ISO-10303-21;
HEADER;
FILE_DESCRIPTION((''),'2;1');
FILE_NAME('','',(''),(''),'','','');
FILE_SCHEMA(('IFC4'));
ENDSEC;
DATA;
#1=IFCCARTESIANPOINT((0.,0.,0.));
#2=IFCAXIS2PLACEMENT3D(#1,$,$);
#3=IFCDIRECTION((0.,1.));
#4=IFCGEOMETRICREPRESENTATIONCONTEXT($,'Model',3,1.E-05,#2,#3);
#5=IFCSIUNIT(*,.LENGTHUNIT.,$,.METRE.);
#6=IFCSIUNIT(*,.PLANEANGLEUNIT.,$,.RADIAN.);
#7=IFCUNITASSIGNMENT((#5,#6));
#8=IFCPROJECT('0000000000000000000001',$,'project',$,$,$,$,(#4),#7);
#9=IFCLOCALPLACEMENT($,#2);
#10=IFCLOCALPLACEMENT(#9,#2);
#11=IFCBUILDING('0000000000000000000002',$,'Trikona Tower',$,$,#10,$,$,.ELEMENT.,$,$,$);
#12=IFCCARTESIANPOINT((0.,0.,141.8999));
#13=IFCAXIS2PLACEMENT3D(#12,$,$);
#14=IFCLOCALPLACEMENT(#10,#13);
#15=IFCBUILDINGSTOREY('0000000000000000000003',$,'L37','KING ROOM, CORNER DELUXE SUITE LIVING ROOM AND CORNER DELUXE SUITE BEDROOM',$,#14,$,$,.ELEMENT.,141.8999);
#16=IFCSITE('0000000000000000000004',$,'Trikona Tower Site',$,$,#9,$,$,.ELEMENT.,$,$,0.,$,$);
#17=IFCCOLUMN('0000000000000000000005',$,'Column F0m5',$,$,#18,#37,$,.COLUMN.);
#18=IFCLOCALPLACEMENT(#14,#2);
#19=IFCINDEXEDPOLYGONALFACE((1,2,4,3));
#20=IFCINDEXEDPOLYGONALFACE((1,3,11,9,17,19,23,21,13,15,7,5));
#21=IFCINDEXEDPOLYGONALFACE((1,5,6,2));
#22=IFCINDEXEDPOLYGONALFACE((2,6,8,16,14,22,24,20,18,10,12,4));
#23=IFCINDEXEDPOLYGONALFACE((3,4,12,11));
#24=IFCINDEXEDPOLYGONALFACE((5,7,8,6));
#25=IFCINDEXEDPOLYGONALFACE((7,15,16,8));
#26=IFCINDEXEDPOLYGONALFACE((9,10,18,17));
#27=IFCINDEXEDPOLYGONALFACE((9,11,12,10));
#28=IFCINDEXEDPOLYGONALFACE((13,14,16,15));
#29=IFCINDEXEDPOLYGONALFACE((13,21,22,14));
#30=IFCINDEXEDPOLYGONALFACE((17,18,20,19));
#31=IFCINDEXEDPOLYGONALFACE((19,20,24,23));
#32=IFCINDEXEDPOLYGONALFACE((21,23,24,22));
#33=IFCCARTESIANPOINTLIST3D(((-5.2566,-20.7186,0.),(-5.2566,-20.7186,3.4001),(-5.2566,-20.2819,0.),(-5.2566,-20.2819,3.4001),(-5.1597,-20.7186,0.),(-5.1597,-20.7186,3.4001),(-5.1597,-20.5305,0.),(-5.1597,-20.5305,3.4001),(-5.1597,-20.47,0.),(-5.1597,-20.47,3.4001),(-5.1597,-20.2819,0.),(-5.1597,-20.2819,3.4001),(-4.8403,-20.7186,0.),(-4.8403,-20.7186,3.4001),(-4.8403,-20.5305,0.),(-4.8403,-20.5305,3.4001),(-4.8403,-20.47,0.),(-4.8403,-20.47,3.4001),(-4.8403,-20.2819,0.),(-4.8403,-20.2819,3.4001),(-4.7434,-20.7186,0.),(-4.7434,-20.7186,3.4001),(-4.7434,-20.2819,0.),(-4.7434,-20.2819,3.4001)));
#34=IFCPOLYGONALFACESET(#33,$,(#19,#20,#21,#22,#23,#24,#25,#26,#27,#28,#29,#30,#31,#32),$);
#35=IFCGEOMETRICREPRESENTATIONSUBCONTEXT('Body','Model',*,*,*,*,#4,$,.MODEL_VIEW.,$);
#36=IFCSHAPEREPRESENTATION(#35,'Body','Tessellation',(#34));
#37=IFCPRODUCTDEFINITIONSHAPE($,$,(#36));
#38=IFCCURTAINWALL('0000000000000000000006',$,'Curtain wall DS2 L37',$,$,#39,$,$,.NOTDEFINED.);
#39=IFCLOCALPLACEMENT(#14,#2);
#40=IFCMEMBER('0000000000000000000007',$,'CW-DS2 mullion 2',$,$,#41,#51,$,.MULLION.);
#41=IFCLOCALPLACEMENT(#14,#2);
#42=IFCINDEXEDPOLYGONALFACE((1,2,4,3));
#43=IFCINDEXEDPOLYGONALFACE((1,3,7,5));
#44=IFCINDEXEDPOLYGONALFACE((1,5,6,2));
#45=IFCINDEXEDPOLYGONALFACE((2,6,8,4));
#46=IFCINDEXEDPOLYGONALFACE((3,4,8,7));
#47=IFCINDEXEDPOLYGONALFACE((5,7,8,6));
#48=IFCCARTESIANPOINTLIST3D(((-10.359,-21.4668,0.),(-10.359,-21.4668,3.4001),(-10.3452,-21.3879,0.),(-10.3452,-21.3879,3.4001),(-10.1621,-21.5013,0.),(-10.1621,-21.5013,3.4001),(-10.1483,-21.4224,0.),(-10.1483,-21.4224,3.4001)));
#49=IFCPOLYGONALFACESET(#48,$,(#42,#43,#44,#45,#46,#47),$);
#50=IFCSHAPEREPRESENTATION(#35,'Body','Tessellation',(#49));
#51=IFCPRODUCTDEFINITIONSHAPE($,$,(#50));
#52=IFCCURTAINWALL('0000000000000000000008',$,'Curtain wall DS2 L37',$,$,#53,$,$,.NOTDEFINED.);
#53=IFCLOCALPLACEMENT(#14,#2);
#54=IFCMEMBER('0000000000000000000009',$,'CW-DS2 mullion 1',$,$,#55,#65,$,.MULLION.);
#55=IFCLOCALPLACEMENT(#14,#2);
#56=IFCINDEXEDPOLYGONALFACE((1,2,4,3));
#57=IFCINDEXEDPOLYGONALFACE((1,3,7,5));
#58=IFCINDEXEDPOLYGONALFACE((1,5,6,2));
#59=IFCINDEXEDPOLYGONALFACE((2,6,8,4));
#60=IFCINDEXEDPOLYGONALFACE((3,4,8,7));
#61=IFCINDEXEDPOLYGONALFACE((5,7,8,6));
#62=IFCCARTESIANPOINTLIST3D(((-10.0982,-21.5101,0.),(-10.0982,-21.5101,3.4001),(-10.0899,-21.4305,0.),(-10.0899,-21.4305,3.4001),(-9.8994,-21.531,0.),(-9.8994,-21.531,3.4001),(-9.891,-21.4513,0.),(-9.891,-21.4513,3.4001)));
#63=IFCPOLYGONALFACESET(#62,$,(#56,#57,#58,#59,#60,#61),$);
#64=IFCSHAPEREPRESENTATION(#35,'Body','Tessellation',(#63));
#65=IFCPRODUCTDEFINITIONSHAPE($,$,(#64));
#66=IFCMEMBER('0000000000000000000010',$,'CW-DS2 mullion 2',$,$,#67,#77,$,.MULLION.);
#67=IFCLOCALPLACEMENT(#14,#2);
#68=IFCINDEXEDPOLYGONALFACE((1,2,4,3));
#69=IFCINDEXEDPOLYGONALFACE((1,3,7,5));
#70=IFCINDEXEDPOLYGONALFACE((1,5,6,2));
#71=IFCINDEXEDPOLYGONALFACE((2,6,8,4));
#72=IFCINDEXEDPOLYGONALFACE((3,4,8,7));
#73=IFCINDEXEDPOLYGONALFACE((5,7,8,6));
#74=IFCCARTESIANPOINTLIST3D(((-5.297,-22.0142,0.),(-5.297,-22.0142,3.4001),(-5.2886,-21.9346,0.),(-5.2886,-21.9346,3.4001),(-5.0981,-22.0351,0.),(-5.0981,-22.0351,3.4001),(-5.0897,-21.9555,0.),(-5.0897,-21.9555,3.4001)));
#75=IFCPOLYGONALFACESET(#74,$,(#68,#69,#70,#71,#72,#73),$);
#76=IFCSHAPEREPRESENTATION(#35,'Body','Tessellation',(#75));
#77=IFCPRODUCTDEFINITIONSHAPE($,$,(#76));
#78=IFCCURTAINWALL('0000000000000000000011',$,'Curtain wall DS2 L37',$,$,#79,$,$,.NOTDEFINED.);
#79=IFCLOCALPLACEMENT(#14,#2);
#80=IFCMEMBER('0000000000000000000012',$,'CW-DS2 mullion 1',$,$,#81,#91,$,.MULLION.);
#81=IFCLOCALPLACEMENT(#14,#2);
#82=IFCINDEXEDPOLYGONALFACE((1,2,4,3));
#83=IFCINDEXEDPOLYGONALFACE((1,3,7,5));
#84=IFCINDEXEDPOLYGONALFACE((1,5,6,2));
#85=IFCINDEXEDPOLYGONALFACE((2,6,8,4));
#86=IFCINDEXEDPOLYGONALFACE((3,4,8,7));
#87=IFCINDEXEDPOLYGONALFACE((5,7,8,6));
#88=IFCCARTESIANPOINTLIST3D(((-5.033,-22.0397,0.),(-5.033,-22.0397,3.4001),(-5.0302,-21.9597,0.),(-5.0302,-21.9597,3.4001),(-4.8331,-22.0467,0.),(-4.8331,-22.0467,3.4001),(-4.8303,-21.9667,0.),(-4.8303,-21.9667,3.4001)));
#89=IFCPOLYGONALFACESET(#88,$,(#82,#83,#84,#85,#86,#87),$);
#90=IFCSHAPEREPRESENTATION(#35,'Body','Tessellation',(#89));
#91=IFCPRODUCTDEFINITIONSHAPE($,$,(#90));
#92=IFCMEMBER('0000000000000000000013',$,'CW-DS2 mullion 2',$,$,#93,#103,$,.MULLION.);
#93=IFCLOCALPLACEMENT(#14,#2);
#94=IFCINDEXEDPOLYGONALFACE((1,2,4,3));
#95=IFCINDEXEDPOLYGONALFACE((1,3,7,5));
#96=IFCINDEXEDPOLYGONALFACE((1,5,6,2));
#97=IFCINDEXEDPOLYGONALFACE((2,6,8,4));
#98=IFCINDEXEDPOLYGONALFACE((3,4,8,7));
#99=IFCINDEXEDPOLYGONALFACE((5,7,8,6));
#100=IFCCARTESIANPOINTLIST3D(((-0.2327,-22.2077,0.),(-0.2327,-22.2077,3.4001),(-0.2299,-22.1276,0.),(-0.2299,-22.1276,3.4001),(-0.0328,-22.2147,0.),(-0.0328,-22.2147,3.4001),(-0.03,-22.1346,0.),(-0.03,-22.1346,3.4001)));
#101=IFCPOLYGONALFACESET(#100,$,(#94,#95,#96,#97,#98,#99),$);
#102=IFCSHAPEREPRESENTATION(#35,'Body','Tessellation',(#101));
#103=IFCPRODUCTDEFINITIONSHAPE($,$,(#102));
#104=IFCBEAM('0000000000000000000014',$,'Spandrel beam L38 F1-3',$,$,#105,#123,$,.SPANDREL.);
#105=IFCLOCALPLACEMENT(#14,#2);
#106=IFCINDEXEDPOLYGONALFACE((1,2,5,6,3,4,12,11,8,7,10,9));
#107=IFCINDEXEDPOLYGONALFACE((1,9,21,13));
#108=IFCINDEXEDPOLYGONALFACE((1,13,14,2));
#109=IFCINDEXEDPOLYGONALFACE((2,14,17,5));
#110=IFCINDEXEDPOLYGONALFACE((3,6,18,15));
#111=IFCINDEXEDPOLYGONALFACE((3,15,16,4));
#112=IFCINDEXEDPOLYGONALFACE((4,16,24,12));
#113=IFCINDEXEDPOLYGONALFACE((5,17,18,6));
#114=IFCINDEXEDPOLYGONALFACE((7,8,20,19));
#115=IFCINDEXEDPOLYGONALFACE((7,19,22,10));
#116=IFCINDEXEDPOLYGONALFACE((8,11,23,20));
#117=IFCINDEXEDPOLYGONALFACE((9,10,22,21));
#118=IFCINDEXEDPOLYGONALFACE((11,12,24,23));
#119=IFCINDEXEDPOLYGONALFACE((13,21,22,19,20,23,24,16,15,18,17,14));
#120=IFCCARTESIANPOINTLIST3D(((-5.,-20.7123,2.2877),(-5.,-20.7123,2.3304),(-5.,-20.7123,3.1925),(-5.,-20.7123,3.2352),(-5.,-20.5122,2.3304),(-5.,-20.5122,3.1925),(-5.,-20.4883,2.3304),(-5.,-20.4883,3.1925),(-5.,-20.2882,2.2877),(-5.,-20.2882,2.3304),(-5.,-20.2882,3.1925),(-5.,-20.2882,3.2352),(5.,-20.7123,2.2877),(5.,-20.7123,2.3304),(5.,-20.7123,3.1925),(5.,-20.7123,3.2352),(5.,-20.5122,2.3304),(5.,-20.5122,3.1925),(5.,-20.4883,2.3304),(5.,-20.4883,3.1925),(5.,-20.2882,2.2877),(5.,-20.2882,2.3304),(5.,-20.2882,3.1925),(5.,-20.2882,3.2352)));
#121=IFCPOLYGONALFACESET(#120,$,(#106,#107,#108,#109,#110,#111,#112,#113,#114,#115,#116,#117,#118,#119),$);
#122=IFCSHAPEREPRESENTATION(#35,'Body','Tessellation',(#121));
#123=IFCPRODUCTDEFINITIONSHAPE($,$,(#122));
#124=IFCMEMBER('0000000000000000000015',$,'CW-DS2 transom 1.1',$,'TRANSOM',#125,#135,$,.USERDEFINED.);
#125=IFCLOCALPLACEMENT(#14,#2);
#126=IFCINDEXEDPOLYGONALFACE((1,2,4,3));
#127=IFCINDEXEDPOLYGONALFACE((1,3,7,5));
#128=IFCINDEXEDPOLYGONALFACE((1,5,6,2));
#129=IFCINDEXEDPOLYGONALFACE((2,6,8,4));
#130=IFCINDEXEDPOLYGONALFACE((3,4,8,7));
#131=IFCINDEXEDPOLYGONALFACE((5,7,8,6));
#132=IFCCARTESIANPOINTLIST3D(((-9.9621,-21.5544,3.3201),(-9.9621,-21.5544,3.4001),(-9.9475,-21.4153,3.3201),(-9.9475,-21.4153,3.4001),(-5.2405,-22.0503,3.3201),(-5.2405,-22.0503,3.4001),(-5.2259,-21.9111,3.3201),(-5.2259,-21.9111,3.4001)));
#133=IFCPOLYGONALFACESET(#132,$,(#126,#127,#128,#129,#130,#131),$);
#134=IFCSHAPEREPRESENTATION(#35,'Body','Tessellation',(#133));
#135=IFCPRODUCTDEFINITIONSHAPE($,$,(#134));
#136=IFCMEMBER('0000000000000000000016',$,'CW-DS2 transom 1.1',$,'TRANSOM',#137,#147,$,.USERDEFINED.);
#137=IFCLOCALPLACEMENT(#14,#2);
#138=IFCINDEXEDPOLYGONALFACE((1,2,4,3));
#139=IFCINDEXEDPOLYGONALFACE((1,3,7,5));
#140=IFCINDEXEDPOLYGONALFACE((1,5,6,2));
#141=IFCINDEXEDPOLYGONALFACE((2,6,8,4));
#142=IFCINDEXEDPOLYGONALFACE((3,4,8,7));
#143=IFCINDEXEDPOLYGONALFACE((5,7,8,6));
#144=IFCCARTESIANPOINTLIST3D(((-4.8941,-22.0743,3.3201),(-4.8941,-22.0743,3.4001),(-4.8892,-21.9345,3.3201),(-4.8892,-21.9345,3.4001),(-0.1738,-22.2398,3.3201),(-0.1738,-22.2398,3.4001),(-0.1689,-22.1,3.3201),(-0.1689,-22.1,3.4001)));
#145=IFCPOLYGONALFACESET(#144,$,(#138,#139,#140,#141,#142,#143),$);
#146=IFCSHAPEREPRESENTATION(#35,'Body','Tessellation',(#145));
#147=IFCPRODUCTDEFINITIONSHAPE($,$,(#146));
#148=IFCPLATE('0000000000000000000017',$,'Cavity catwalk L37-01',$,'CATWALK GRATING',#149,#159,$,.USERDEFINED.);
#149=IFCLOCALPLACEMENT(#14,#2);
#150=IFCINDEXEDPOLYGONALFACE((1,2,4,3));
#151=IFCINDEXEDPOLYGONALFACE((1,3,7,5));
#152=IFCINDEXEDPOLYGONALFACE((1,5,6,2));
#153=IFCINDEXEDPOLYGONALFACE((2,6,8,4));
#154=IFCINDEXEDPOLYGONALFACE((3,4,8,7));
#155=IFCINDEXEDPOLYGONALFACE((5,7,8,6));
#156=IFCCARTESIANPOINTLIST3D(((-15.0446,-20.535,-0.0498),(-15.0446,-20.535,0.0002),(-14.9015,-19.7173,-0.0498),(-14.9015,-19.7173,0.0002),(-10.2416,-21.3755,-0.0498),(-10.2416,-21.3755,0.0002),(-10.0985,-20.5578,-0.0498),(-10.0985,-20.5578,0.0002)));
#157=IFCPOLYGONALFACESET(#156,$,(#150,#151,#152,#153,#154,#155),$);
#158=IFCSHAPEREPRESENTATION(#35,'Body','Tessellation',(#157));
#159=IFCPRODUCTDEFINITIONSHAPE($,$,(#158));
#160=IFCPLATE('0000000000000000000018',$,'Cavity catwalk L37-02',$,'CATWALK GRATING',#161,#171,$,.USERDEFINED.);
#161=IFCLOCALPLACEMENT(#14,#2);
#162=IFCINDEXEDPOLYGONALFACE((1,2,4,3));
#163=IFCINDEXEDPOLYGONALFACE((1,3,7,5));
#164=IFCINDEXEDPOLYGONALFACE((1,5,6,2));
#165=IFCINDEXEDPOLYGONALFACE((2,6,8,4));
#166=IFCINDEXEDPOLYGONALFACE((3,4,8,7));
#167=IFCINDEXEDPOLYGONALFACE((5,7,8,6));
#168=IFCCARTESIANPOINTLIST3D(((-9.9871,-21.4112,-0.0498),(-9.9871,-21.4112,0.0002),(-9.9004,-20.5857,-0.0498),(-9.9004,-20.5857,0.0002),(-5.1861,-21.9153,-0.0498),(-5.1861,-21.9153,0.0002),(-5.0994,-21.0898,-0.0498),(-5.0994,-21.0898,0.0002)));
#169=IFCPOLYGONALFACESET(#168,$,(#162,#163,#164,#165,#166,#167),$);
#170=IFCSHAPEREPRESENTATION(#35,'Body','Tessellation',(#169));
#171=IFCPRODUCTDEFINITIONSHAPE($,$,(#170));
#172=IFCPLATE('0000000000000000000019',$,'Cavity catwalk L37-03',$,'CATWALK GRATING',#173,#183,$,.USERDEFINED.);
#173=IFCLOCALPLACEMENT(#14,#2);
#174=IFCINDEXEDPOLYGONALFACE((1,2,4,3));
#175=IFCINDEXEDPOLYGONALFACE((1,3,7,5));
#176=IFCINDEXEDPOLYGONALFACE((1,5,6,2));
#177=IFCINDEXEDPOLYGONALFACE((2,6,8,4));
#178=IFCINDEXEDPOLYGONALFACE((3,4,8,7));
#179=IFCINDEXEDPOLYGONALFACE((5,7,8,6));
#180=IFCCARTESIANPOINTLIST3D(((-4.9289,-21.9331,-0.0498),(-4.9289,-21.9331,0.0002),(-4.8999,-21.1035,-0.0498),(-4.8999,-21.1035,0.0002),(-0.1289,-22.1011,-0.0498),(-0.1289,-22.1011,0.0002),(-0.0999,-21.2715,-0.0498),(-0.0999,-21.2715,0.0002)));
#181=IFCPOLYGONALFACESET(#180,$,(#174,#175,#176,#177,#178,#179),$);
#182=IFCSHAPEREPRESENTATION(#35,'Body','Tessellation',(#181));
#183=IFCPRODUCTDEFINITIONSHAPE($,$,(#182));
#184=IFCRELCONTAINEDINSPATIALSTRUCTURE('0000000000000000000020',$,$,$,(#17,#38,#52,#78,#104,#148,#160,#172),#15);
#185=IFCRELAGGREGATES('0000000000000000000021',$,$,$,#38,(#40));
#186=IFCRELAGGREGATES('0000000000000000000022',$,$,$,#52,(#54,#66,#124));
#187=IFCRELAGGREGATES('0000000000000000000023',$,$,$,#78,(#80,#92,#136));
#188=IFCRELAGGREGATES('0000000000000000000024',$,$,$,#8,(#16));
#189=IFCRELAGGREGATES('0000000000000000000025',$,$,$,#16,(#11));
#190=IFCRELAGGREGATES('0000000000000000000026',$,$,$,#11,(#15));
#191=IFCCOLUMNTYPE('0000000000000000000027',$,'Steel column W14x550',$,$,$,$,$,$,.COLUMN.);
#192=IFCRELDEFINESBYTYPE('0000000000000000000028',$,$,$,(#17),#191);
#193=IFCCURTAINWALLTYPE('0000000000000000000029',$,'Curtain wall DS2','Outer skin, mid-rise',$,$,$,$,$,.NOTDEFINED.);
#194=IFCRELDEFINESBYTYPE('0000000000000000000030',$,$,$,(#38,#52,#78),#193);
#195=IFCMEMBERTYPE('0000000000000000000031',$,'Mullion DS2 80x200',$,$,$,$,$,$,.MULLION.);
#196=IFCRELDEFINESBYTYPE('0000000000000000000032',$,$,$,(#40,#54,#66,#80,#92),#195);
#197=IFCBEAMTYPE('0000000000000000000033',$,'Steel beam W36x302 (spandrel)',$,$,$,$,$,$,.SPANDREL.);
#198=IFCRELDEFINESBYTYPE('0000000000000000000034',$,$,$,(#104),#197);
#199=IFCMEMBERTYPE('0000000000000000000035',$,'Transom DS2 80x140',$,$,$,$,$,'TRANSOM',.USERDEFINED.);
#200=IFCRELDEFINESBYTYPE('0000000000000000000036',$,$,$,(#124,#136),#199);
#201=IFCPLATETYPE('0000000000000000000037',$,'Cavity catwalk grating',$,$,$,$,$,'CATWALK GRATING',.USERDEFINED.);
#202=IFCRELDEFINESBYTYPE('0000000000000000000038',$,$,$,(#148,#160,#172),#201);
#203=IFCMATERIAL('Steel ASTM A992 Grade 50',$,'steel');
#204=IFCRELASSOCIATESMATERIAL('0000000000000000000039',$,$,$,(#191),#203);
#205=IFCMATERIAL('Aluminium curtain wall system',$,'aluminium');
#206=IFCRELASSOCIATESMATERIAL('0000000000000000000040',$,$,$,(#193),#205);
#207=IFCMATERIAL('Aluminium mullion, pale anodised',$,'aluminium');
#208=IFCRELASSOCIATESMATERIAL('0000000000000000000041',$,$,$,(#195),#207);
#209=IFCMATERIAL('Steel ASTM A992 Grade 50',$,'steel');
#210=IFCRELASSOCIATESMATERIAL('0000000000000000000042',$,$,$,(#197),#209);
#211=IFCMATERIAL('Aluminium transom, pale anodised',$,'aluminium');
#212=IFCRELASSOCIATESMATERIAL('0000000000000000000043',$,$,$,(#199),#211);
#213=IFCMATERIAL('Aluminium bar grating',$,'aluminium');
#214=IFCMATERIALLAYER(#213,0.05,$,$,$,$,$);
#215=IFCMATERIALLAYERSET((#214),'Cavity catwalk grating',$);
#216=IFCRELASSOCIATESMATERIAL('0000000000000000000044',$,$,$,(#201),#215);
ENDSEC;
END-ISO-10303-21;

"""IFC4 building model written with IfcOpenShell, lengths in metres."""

from ifc_helpers import new_model, si_unit, direction, frame, origin, origin_2d, place, context, subcontext, project, spatial, rectangle, i_section, extrude, material, layer, layer_set, material_profile, profile_set, type_object, element, aggregate, save


model = new_model("IFC4")

# Units and contexts
model_context = context("Model", 3, precision=1e-05, world=origin(), true_north=direction((0.0, 1.0)))
body_context = subcontext(model_context, "Body", "Model", "MODEL_VIEW")
ifc_project = project(units=[si_unit("LENGTHUNIT", "METRE"), si_unit("PLANEANGLEUNIT", "RADIAN")], contexts=[model_context])

# Site, building, storey
site_placement = place(None, origin())
site = spatial("IfcSite", under=ifc_project, at=site_placement, Name="Trikona Tower Site", CompositionType="ELEMENT", RefElevation=0.0)
building_placement = place(site_placement, origin())
building = spatial("IfcBuilding", under=site, at=building_placement, Name="Trikona Tower", CompositionType="ELEMENT")
storey_placement = place(building_placement, frame((0.0, 0.0, 141.8999)))
storey = spatial("IfcBuildingStorey", under=building, at=storey_placement, Name="L37", Description="KING ROOM, CORNER DELUXE SUITE LIVING ROOM AND CORNER DELUXE SUITE BEDROOM", CompositionType="ELEMENT", Elevation=141.8999)

# Column
ifc_material_1 = material(Name="Steel ASTM A992 Grade 50", Category="steel")
ifc_material_profile_1 = material_profile(ifc_material_1, i_section(OverallWidth=0.4368, OverallDepth=0.5132, WebThickness=0.0605, FlangeThickness=0.0969, at=origin_2d()), Name="W14X550")
ifc_profile_set_1 = profile_set([ifc_material_profile_1], Name="Steel ASTM A992 Grade 50")
column_type = type_object("IfcColumnType", Name="Steel column W14x550", PredefinedType="COLUMN", material=ifc_profile_set_1)
column_placement = place(storey_placement, frame((-5.0, -20.5002, 0.0), z_axis=(0.0, 0.0, 1.0), x_axis=(0.0, -1.0, 0.0)))
element("IfcColumn", 1, at=column_placement, inside=storey, type_object=column_type, Name="Column F0m5", PredefinedType="COLUMN", context=body_context, shape_type="SweptSolid", body=[
    extrude(i_section(OverallWidth=0.4368, OverallDepth=0.5132, WebThickness=0.0605, FlangeThickness=0.0969, at=origin_2d()), origin(), (0.0, 0.0, 1.0), 3.4001),
])

# Curtain wall, member
ifc_material_2 = material(Name="Aluminium curtain wall system", Category="aluminium")
curtain_wall_type = type_object("IfcCurtainWallType", Name="Curtain wall DS2", Description="Outer skin, mid-rise", PredefinedType="NOTDEFINED", material=ifc_material_2)
curtain_wall_1_placement = place(storey_placement, origin())
curtain_wall_1 = element("IfcCurtainWall", 2, at=curtain_wall_1_placement, inside=storey, type_object=curtain_wall_type, Name="Curtain wall DS2 L37", PredefinedType="NOTDEFINED")
ifc_material_3 = material(Name="Aluminium mullion, pale anodised", Category="aluminium")
ifc_material_profile_2 = material_profile(ifc_material_3, rectangle(XDim=0.0801, YDim=0.2, at=origin_2d()), Name="MUL-DS2")
ifc_profile_set_2 = profile_set([ifc_material_profile_2], Name="Aluminium mullion, pale anodised")
member_type_1 = type_object("IfcMemberType", Name="Mullion DS2 80x200", PredefinedType="MULLION", material=ifc_profile_set_2)
member_1_placement = place(storey_placement, frame((-10.2537, -21.4446, 0.0), z_axis=(0.0, 0.0, 1.0), x_axis=(0.172377, 0.985031, 0.0)))
member_1 = element("IfcMember", 3, at=member_1_placement, type_object=member_type_1, Name="CW-DS2 mullion 2", PredefinedType="MULLION", context=body_context, shape_type="SweptSolid", body=[
    extrude(rectangle(XDim=0.0801, YDim=0.2, at=origin_2d()), origin(), (0.0, 0.0, 1.0), 3.4001),
])

# Curtain walls, members
curtain_wall_2_placement = place(storey_placement, origin())
curtain_wall_2 = element("IfcCurtainWall", 4, at=curtain_wall_2_placement, inside=storey, type_object=curtain_wall_type, Name="Curtain wall DS2 L37", PredefinedType="NOTDEFINED")
member_2_placement = place(storey_placement, frame((-9.9946, -21.4807, 0.0), z_axis=(0.0, 0.0, 1.0), x_axis=(0.104433, 0.994532, 0.0)))
member_2 = element("IfcMember", 5, at=member_2_placement, type_object=member_type_1, Name="CW-DS2 mullion 1", PredefinedType="MULLION", context=body_context, shape_type="SweptSolid", body=[
    extrude(rectangle(XDim=0.0801, YDim=0.2, at=origin_2d()), origin(), (0.0, 0.0, 1.0), 3.4001),
])
member_3_placement = place(storey_placement, frame((-5.1934, -21.9849, 0.0), z_axis=(0.0, 0.0, 1.0), x_axis=(0.104433, 0.994532, 0.0)))
member_3 = element("IfcMember", 6, at=member_3_placement, type_object=member_type_1, Name="CW-DS2 mullion 2", PredefinedType="MULLION", context=body_context, shape_type="SweptSolid", body=[
    extrude(rectangle(XDim=0.0801, YDim=0.2, at=origin_2d()), origin(), (0.0, 0.0, 1.0), 3.4001),
])
curtain_wall_3_placement = place(storey_placement, origin())
curtain_wall_3 = element("IfcCurtainWall", 7, at=curtain_wall_3_placement, inside=storey, type_object=curtain_wall_type, Name="Curtain wall DS2 L37", PredefinedType="NOTDEFINED")
member_4_placement = place(storey_placement, frame((-4.9316, -22.0032, 0.0), z_axis=(0.0, 0.0, 1.0), x_axis=(0.034998, 0.999387, 0.0)))
member_4 = element("IfcMember", 8, at=member_4_placement, type_object=member_type_1, Name="CW-DS2 mullion 1", PredefinedType="MULLION", context=body_context, shape_type="SweptSolid", body=[
    extrude(rectangle(XDim=0.0801, YDim=0.2, at=origin_2d()), origin(), (0.0, 0.0, 1.0), 3.4001),
])
member_5_placement = place(storey_placement, frame((-0.1313, -22.1711, 0.0), z_axis=(0.0, 0.0, 1.0), x_axis=(0.034998, 0.999387, 0.0)))
member_5 = element("IfcMember", 9, at=member_5_placement, type_object=member_type_1, Name="CW-DS2 mullion 2", PredefinedType="MULLION", context=body_context, shape_type="SweptSolid", body=[
    extrude(rectangle(XDim=0.0801, YDim=0.2, at=origin_2d()), origin(), (0.0, 0.0, 1.0), 3.4001),
])

# Beam
ifc_material_4 = material(Name="Steel ASTM A992 Grade 50", Category="steel")
ifc_material_profile_3 = material_profile(ifc_material_4, i_section(OverallWidth=0.4241, OverallDepth=0.9475, WebThickness=0.0239, FlangeThickness=0.0427, at=origin_2d()), Name="W36X302")
ifc_profile_set_3 = profile_set([ifc_material_profile_3], Name="Steel ASTM A992 Grade 50")
beam_type = type_object("IfcBeamType", Name="Steel beam W36x302 (spandrel)", PredefinedType="SPANDREL", material=ifc_profile_set_3)
beam_placement = place(storey_placement, frame((-5.0, -20.5002, 2.7615), z_axis=(1.0, 0.0, 0.0), x_axis=(0.0, 1.0, 0.0)))
element("IfcBeam", 10, at=beam_placement, inside=storey, type_object=beam_type, Name="Spandrel beam L38 F1-3", PredefinedType="SPANDREL", context=body_context, shape_type="SweptSolid", body=[
    extrude(i_section(OverallWidth=0.4241, OverallDepth=0.9475, WebThickness=0.0239, FlangeThickness=0.0427, at=origin_2d()), origin(), (0.0, 0.0, 1.0), 10.0),
])

# Members
ifc_material_5 = material(Name="Aluminium transom, pale anodised", Category="aluminium")
ifc_material_profile_4 = material_profile(ifc_material_5, rectangle(XDim=0.1399, YDim=0.0801, at=origin_2d()), Name="TRN-DS2")
ifc_profile_set_4 = profile_set([ifc_material_profile_4], Name="Aluminium transom, pale anodised")
member_type_2 = type_object("IfcMemberType", Name="Transom DS2 80x140", ElementType="TRANSOM", PredefinedType="USERDEFINED", material=ifc_profile_set_4)
member_6_placement = place(storey_placement, frame((-9.9548, -21.4849, 3.3601), z_axis=(0.994531, -0.104441, 0.0), x_axis=(0.104441, 0.994531, 0.0)))
member_6 = element("IfcMember", 11, at=member_6_placement, type_object=member_type_2, Name="CW-DS2 transom 1.1", ObjectType="TRANSOM", PredefinedType="USERDEFINED", context=body_context, shape_type="SweptSolid", body=[
    extrude(rectangle(XDim=0.1399, YDim=0.0801, at=origin_2d()), origin(), (0.0, 0.0, 1.0), 4.7476),
])
member_7_placement = place(storey_placement, frame((-4.8916, -22.0044, 3.3601), z_axis=(0.999386, -0.035046, 0.0), x_axis=(0.035046, 0.999386, 0.0)))
member_7 = element("IfcMember", 12, at=member_7_placement, type_object=member_type_2, Name="CW-DS2 transom 1.1", ObjectType="TRANSOM", PredefinedType="USERDEFINED", context=body_context, shape_type="SweptSolid", body=[
    extrude(rectangle(XDim=0.1399, YDim=0.0801, at=origin_2d()), origin(), (0.0, 0.0, 1.0), 4.7231),
])

# Plates
ifc_material_6 = material(Name="Aluminium bar grating", Category="aluminium")
ifc_layer_1 = layer(ifc_material_6, 0.05)
ifc_layer_set_1 = layer_set([ifc_layer_1], Name="Cavity catwalk grating")
plate_type_1 = type_object("IfcPlateType", Name="Cavity catwalk grating", ElementType="CATWALK GRATING", PredefinedType="USERDEFINED", material=ifc_layer_set_1)
plate_1_placement = place(storey_placement, frame((-12.5715, -20.5464, -0.0498), z_axis=(0.0, 0.0, 1.0), x_axis=(0.985031, -0.17238, 0.0)))
element("IfcPlate", 13, at=plate_1_placement, inside=storey, type_object=plate_type_1, Name="Cavity catwalk L37-01", ObjectType="CATWALK GRATING", PredefinedType="USERDEFINED", context=body_context, shape_type="SweptSolid", body=[
    extrude(rectangle(XDim=4.876, YDim=0.8301, at=origin_2d()), origin(), (0.0, 0.0, 1.0), 0.05),
])
plate_2_placement = place(storey_placement, frame((-7.5432, -21.2505, -0.0498), z_axis=(0.0, 0.0, 1.0), x_axis=(0.994533, -0.104426, 0.0)))
element("IfcPlate", 14, at=plate_2_placement, inside=storey, type_object=plate_type_1, Name="Cavity catwalk L37-02", ObjectType="CATWALK GRATING", PredefinedType="USERDEFINED", context=body_context, shape_type="SweptSolid", body=[
    extrude(rectangle(XDim=4.8274, YDim=0.8301, at=origin_2d()), origin(), (0.0, 0.0, 1.0), 0.05),
])
plate_3_placement = place(storey_placement, frame((-2.5144, -21.6023, -0.0498), z_axis=(0.0, 0.0, 1.0), x_axis=(0.999388, -0.034978, 0.0)))
element("IfcPlate", 15, at=plate_3_placement, inside=storey, type_object=plate_type_1, Name="Cavity catwalk L37-03", ObjectType="CATWALK GRATING", PredefinedType="USERDEFINED", context=body_context, shape_type="SweptSolid", body=[
    extrude(rectangle(XDim=4.803, YDim=0.8301, at=origin_2d()), origin(), (0.0, 0.0, 1.0), 0.05),
])

aggregate(curtain_wall_1, [member_1])
aggregate(curtain_wall_2, [member_2, member_3, member_6])
aggregate(curtain_wall_3, [member_4, member_5, member_7])

save(model, "model.ifc")
